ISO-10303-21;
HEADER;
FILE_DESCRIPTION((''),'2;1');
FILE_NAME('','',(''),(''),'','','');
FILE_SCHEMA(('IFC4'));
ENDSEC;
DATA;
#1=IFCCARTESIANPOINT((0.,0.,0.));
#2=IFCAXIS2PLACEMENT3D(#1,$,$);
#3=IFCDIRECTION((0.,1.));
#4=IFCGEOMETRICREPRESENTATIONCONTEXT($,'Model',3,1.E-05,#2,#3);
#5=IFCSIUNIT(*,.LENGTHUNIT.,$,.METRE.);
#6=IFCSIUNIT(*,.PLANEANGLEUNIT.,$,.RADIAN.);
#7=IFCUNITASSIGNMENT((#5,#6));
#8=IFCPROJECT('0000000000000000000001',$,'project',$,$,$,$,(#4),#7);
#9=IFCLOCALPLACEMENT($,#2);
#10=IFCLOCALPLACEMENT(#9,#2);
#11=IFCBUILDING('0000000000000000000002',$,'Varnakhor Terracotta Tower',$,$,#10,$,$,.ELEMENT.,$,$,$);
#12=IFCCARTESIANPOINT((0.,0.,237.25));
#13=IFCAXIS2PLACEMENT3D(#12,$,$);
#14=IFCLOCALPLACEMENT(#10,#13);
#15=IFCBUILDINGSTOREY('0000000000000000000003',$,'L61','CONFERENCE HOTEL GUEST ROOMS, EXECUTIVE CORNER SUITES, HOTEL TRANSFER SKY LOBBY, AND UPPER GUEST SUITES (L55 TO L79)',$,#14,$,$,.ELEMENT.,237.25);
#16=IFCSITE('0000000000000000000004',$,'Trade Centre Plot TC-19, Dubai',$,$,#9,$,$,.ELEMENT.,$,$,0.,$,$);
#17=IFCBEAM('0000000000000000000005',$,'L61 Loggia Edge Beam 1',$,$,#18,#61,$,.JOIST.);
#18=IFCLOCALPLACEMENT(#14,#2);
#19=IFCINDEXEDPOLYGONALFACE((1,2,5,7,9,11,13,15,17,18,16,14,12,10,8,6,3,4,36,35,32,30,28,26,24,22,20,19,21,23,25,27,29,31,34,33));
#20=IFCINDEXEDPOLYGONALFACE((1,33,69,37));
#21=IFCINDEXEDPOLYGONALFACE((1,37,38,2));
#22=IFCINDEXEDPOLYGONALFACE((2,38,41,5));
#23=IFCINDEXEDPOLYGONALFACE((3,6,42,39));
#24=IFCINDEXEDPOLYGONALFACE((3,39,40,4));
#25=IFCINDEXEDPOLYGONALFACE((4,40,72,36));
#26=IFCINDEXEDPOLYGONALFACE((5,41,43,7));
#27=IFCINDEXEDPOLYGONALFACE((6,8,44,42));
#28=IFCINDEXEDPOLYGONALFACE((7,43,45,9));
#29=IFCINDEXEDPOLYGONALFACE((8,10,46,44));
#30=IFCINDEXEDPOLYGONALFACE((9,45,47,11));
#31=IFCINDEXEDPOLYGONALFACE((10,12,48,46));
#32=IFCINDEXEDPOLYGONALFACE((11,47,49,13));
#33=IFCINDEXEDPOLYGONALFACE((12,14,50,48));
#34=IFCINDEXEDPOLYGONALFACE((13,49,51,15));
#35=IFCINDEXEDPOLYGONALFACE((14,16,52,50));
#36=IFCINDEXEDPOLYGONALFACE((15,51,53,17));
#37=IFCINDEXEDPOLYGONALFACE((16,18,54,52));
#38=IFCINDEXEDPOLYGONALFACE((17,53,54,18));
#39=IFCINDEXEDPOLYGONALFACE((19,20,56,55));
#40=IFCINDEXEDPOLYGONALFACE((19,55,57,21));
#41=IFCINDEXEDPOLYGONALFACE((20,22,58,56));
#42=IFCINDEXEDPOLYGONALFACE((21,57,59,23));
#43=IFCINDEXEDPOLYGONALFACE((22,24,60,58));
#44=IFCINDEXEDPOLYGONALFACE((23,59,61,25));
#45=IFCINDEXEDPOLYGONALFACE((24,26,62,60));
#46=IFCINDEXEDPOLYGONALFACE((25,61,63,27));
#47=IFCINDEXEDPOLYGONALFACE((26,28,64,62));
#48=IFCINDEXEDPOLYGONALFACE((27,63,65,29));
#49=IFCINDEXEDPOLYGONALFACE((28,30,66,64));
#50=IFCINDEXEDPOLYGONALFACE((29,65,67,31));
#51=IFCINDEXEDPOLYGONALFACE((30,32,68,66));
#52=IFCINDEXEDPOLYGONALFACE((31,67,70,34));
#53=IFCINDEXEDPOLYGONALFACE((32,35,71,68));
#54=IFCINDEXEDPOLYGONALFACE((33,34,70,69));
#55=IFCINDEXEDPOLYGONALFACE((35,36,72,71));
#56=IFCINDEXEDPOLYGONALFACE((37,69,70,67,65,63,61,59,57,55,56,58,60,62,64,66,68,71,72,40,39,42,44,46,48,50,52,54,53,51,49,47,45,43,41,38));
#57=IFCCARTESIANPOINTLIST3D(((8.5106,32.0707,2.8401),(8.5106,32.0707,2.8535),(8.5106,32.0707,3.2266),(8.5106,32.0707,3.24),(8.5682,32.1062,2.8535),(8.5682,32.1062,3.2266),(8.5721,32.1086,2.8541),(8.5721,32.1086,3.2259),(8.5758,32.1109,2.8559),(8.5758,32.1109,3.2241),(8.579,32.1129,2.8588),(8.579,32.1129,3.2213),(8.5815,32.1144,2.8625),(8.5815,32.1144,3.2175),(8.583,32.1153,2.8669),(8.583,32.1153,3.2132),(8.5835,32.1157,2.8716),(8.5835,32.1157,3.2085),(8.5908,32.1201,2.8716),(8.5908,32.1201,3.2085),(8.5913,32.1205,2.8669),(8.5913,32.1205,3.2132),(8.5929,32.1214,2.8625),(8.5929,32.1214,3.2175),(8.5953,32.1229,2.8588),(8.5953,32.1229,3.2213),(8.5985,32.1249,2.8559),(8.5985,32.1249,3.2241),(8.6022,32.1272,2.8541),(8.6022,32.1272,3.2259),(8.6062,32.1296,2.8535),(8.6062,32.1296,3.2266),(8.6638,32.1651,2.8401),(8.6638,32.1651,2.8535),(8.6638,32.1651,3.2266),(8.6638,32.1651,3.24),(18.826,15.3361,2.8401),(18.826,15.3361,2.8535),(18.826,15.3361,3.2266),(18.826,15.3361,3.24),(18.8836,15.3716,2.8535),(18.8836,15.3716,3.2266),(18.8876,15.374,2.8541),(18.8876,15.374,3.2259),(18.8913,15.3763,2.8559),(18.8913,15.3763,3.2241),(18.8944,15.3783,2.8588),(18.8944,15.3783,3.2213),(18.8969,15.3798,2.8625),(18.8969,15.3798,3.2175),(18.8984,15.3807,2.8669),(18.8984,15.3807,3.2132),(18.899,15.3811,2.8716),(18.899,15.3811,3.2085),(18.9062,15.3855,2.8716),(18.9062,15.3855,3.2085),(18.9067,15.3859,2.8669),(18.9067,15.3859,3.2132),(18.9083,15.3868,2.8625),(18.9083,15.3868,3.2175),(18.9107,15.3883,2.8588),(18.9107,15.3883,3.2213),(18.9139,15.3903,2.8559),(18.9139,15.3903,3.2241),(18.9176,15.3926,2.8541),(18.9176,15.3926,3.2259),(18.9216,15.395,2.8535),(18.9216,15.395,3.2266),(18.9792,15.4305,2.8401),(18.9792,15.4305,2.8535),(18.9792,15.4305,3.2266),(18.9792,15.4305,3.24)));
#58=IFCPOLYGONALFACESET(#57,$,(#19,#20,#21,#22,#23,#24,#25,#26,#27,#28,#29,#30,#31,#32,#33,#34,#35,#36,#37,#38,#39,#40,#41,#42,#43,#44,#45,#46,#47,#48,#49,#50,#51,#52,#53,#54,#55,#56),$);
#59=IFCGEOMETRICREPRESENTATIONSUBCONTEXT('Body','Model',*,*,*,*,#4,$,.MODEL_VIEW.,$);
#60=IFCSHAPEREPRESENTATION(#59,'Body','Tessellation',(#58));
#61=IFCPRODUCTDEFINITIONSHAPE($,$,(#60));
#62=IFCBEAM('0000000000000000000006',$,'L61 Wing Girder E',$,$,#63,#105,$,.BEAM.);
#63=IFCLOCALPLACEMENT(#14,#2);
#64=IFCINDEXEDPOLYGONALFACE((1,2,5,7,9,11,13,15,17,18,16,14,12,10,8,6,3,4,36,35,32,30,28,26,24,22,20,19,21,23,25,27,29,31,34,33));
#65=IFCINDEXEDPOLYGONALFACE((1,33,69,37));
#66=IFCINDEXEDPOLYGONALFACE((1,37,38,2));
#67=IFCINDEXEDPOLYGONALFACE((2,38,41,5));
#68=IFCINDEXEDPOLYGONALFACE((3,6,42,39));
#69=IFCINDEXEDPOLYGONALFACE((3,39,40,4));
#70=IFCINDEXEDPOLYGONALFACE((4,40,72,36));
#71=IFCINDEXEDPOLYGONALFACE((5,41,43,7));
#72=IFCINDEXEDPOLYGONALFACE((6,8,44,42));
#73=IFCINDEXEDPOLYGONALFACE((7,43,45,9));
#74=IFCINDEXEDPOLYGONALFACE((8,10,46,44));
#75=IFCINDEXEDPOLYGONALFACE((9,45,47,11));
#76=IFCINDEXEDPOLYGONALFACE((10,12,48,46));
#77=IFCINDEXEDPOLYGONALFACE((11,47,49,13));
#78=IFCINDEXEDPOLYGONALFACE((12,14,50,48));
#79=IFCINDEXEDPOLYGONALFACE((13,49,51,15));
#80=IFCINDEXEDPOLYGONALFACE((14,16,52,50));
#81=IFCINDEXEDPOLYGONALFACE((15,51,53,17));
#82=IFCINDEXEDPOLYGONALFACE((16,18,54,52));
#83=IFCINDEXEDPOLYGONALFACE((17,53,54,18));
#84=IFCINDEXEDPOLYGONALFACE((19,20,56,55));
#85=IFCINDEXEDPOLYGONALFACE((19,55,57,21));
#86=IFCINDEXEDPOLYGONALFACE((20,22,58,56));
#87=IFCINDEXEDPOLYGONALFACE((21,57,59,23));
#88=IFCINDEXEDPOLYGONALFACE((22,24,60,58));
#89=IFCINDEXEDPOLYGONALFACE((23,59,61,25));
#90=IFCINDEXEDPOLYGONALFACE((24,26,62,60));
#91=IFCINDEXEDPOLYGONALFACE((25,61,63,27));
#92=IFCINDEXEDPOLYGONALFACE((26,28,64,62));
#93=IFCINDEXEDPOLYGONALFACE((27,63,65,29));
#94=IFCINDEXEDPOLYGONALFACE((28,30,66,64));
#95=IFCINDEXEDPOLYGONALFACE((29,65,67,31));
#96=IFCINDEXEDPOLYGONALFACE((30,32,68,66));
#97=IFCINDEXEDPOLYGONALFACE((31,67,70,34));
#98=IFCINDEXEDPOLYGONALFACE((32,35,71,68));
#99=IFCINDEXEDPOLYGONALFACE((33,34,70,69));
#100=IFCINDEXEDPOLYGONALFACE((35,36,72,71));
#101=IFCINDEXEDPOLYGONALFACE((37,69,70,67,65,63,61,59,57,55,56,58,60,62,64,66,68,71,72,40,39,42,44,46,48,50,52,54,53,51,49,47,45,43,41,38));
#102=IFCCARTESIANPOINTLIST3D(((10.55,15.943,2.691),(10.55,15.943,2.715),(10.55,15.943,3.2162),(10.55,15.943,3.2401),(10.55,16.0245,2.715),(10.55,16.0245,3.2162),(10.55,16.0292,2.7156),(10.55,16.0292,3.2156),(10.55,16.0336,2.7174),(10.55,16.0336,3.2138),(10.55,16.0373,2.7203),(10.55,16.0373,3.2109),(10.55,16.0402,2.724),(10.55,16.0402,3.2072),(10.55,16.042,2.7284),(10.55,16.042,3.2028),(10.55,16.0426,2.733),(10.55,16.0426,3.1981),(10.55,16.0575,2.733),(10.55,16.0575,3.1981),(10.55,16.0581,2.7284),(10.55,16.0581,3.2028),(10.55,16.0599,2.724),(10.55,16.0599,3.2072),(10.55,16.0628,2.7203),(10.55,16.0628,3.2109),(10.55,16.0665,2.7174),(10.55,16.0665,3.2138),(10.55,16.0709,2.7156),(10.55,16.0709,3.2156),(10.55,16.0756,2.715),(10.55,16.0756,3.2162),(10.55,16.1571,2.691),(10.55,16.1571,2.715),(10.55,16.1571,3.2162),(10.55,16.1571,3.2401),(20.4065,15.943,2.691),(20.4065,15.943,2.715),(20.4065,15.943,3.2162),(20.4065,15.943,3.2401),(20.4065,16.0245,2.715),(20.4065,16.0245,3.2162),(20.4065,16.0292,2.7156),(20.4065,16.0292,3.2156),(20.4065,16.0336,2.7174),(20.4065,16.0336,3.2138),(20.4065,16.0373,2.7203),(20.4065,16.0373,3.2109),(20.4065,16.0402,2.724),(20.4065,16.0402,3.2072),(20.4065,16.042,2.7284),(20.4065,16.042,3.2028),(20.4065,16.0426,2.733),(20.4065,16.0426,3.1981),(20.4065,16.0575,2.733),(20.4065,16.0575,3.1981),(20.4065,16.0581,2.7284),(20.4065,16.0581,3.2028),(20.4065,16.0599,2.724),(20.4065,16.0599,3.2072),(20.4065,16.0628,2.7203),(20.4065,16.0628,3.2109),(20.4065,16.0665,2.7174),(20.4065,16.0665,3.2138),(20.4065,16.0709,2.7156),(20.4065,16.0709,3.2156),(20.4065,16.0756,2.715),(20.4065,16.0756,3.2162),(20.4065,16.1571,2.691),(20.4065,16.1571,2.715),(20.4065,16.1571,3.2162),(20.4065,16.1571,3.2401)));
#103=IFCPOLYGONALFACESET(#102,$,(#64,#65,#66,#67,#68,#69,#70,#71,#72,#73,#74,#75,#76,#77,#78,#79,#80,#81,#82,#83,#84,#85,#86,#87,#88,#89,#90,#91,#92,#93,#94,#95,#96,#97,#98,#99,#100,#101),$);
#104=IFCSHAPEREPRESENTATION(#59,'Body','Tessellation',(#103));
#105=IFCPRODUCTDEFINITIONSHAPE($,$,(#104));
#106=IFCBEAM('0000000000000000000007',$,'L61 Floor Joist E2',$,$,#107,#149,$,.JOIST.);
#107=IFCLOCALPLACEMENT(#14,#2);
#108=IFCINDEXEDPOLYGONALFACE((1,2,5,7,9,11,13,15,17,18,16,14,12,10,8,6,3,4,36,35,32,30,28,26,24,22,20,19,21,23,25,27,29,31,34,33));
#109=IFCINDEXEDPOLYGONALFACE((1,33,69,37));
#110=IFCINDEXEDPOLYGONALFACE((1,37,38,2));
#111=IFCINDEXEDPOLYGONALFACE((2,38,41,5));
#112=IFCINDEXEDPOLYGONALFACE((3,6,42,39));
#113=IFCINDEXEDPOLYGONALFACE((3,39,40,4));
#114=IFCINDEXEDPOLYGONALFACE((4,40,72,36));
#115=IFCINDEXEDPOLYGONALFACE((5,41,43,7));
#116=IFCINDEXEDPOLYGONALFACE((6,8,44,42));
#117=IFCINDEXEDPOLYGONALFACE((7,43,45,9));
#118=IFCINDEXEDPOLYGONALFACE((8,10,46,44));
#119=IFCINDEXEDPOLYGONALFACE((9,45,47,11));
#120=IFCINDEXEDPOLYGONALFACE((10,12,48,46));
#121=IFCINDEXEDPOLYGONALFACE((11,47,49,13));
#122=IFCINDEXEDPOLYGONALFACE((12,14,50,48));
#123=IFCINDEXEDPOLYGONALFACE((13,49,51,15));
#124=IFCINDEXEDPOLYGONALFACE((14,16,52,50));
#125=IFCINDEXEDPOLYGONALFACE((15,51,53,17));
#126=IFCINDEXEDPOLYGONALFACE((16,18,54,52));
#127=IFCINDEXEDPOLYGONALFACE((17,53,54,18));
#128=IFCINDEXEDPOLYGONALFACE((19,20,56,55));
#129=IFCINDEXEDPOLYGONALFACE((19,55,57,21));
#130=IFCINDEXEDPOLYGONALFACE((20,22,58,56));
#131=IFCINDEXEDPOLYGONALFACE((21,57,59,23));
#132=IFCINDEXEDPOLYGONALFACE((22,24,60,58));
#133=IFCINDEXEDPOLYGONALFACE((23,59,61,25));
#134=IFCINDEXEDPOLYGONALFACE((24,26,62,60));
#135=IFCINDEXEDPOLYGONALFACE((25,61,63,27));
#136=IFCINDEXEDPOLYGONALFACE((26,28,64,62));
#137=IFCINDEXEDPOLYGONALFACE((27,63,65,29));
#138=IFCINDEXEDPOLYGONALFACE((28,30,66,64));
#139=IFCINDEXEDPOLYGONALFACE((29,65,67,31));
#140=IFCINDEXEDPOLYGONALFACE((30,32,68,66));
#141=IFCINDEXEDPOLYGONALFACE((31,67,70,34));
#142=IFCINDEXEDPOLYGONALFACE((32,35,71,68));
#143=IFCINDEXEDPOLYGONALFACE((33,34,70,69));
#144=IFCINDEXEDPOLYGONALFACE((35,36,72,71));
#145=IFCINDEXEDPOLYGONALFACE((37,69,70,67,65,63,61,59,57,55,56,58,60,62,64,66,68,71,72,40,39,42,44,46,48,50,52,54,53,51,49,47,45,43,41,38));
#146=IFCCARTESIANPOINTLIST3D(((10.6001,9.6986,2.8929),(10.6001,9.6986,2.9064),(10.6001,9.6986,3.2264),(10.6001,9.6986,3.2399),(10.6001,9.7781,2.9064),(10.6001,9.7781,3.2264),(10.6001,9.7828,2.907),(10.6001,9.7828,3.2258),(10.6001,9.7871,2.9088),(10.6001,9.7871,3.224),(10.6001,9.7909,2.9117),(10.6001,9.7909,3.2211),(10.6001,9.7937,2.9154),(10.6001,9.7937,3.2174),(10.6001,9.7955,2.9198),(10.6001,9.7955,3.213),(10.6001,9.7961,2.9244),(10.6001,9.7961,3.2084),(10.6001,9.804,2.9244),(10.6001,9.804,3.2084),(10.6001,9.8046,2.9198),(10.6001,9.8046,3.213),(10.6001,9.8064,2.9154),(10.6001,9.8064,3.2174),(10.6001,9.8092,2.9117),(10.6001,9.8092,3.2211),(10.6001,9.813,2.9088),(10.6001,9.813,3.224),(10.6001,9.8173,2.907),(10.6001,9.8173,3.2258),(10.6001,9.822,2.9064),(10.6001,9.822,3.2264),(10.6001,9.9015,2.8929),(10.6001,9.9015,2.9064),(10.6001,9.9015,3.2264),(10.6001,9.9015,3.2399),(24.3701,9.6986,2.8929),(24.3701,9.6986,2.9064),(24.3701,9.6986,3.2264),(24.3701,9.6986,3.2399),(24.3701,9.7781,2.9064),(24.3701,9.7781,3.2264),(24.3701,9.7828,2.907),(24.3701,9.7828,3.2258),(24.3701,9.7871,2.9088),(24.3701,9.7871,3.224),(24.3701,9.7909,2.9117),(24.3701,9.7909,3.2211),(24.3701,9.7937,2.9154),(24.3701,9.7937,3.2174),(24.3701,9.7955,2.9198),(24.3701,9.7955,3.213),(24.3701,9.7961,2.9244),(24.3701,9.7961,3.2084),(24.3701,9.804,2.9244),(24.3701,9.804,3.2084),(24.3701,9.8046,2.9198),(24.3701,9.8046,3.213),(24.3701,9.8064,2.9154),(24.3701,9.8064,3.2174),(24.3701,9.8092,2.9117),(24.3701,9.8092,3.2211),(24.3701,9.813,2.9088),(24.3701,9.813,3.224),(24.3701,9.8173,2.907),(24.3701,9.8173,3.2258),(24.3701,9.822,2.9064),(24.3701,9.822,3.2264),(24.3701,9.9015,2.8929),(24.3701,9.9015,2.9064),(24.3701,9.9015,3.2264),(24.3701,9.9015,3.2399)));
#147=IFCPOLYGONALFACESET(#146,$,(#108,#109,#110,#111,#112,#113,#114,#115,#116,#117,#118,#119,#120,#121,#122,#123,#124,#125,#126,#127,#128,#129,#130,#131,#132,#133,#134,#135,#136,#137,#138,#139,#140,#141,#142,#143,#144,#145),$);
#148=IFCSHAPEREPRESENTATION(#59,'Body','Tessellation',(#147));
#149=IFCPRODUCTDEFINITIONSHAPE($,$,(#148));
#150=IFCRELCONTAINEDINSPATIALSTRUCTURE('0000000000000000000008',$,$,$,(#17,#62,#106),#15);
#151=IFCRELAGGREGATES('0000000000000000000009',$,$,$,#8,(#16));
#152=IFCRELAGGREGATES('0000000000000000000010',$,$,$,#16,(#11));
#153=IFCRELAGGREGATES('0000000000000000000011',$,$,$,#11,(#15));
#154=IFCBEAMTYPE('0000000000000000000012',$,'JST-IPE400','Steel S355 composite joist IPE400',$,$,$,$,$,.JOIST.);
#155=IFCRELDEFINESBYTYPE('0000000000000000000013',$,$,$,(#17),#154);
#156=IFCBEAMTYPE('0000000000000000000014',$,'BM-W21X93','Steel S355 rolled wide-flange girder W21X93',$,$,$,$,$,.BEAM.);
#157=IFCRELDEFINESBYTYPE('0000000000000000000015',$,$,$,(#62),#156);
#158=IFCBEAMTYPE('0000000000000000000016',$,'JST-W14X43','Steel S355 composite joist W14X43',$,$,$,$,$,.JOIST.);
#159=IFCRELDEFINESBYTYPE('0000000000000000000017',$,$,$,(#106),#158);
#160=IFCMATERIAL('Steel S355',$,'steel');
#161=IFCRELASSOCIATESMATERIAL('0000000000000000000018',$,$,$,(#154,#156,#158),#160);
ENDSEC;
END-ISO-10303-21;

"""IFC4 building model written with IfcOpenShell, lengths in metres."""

from ifc_helpers import new_model, si_unit, direction, frame, origin, origin_2d, place, context, subcontext, project, spatial, i_section, extrude, source, transform, mapped, material, material_profile, profile_set, type_object, element, save


model = new_model("IFC4")

# Units and contexts
model_context = context("Model", 3, precision=1e-05, world=origin(), true_north=direction((0.0, 1.0)))
body_context = subcontext(model_context, "Body", "Model", "MODEL_VIEW")
ifc_project = project(units=[si_unit("LENGTHUNIT", "METRE"), si_unit("PLANEANGLEUNIT", "RADIAN")], contexts=[model_context])

# Site, building, storey
site_placement = place(None, origin())
site = spatial("IfcSite", under=ifc_project, at=site_placement, Name="Trade Centre Plot TC-19, Dubai", CompositionType="ELEMENT", RefElevation=0.0)
building_placement = place(site_placement, origin())
building = spatial("IfcBuilding", under=site, at=building_placement, Name="Varnakhor Terracotta Tower", CompositionType="ELEMENT")
storey_placement = place(building_placement, frame((0.0, 0.0, 237.25)))
storey = spatial("IfcBuildingStorey", under=building, at=storey_placement, Name="L61", Description="CONFERENCE HOTEL GUEST ROOMS, EXECUTIVE CORNER SUITES, HOTEL TRANSFER SKY LOBBY, AND UPPER GUEST SUITES (L55 TO L79)", CompositionType="ELEMENT", Elevation=237.25)

# Beams
ifc_material_1 = material(Name="Steel S355", Category="steel")
ifc_material_profile_1 = material_profile(ifc_material_1, i_section(OverallWidth=0.1799, OverallDepth=0.3999, WebThickness=0.0085, FlangeThickness=0.0134, FilletRadius=0.0181, at=origin_2d()), Name="IPE400")
ifc_profile_set_1 = profile_set([ifc_material_profile_1], Name="Steel S355")
beam_type_1 = type_object("IfcBeamType", Name="JST-IPE400", Description="Steel S355 composite joist IPE400", PredefinedType="JOIST", material=ifc_profile_set_1)
shared_shape_1 = source(origin(), body_context, "Body", "SweptSolid", [
    extrude(i_section(OverallWidth=0.1799, OverallDepth=0.3999, WebThickness=0.0085, FlangeThickness=0.0134, FilletRadius=0.0181, at=origin_2d()), origin(), (0.0, 0.0, 1.0), 19.6584),
])
beam_1_placement = place(storey_placement, frame((18.9026, 15.3833, 3.04), z_axis=(-0.524732, 0.851267, 0.0), x_axis=(-0.851267, -0.524732, 0.0)))
element("IfcBeam", 1, at=beam_1_placement, inside=storey, type_object=beam_type_1, Name="L61 Loggia Edge Beam 1", PredefinedType="JOIST", context=body_context, shape_type="MappedRepresentation", body=[
    mapped(shared_shape_1, transform((0.0, 0.0, 0.0), scale=1.0)),
])
ifc_material_profile_2 = material_profile(ifc_material_1, i_section(OverallWidth=0.2141, OverallDepth=0.5491, WebThickness=0.0149, FlangeThickness=0.0239, FilletRadius=0.0181, at=origin_2d()), Name="W21X93")
ifc_profile_set_2 = profile_set([ifc_material_profile_2], Name="Steel S355")
beam_type_2 = type_object("IfcBeamType", Name="BM-W21X93", Description="Steel S355 rolled wide-flange girder W21X93", PredefinedType="BEAM", material=ifc_profile_set_2)
shared_shape_2 = source(origin(), body_context, "Body", "SweptSolid", [
    extrude(i_section(OverallWidth=0.2141, OverallDepth=0.5491, WebThickness=0.0149, FlangeThickness=0.0239, FilletRadius=0.0181, at=origin_2d()), origin(), (0.0, 0.0, 1.0), 9.8564),
])
beam_2_placement = place(storey_placement, frame((10.55, 16.05, 2.9656), z_axis=(1.0, 0.0, 0.0), x_axis=(0.0, 1.0, 0.0)))
element("IfcBeam", 2, at=beam_2_placement, inside=storey, type_object=beam_type_2, Name="L61 Wing Girder E", PredefinedType="BEAM", context=body_context, shape_type="MappedRepresentation", body=[
    mapped(shared_shape_2, transform((0.0, 0.0, 0.0), scale=1.0)),
])
ifc_material_profile_3 = material_profile(ifc_material_1, i_section(OverallWidth=0.2029, OverallDepth=0.3469, WebThickness=0.0078, FlangeThickness=0.0134, FilletRadius=0.0181, at=origin_2d()), Name="W14X43")
ifc_profile_set_3 = profile_set([ifc_material_profile_3], Name="Steel S355")
beam_type_3 = type_object("IfcBeamType", Name="JST-W14X43", Description="Steel S355 composite joist W14X43", PredefinedType="JOIST", material=ifc_profile_set_3)
shared_shape_3 = source(origin(), body_context, "Body", "SweptSolid", [
    extrude(i_section(OverallWidth=0.2029, OverallDepth=0.3469, WebThickness=0.0078, FlangeThickness=0.0134, FilletRadius=0.0181, at=origin_2d()), origin(), (0.0, 0.0, 1.0), 13.77),
])
beam_3_placement = place(storey_placement, frame((10.6001, 9.8, 3.0664), z_axis=(1.0, 0.0, 0.0), x_axis=(0.0, 1.0, 0.0)))
element("IfcBeam", 3, at=beam_3_placement, inside=storey, type_object=beam_type_3, Name="L61 Floor Joist E2", PredefinedType="JOIST", context=body_context, shape_type="MappedRepresentation", body=[
    mapped(shared_shape_3, transform((0.0, 0.0, 0.0), scale=1.0)),
])

save(model, "model.ifc")
